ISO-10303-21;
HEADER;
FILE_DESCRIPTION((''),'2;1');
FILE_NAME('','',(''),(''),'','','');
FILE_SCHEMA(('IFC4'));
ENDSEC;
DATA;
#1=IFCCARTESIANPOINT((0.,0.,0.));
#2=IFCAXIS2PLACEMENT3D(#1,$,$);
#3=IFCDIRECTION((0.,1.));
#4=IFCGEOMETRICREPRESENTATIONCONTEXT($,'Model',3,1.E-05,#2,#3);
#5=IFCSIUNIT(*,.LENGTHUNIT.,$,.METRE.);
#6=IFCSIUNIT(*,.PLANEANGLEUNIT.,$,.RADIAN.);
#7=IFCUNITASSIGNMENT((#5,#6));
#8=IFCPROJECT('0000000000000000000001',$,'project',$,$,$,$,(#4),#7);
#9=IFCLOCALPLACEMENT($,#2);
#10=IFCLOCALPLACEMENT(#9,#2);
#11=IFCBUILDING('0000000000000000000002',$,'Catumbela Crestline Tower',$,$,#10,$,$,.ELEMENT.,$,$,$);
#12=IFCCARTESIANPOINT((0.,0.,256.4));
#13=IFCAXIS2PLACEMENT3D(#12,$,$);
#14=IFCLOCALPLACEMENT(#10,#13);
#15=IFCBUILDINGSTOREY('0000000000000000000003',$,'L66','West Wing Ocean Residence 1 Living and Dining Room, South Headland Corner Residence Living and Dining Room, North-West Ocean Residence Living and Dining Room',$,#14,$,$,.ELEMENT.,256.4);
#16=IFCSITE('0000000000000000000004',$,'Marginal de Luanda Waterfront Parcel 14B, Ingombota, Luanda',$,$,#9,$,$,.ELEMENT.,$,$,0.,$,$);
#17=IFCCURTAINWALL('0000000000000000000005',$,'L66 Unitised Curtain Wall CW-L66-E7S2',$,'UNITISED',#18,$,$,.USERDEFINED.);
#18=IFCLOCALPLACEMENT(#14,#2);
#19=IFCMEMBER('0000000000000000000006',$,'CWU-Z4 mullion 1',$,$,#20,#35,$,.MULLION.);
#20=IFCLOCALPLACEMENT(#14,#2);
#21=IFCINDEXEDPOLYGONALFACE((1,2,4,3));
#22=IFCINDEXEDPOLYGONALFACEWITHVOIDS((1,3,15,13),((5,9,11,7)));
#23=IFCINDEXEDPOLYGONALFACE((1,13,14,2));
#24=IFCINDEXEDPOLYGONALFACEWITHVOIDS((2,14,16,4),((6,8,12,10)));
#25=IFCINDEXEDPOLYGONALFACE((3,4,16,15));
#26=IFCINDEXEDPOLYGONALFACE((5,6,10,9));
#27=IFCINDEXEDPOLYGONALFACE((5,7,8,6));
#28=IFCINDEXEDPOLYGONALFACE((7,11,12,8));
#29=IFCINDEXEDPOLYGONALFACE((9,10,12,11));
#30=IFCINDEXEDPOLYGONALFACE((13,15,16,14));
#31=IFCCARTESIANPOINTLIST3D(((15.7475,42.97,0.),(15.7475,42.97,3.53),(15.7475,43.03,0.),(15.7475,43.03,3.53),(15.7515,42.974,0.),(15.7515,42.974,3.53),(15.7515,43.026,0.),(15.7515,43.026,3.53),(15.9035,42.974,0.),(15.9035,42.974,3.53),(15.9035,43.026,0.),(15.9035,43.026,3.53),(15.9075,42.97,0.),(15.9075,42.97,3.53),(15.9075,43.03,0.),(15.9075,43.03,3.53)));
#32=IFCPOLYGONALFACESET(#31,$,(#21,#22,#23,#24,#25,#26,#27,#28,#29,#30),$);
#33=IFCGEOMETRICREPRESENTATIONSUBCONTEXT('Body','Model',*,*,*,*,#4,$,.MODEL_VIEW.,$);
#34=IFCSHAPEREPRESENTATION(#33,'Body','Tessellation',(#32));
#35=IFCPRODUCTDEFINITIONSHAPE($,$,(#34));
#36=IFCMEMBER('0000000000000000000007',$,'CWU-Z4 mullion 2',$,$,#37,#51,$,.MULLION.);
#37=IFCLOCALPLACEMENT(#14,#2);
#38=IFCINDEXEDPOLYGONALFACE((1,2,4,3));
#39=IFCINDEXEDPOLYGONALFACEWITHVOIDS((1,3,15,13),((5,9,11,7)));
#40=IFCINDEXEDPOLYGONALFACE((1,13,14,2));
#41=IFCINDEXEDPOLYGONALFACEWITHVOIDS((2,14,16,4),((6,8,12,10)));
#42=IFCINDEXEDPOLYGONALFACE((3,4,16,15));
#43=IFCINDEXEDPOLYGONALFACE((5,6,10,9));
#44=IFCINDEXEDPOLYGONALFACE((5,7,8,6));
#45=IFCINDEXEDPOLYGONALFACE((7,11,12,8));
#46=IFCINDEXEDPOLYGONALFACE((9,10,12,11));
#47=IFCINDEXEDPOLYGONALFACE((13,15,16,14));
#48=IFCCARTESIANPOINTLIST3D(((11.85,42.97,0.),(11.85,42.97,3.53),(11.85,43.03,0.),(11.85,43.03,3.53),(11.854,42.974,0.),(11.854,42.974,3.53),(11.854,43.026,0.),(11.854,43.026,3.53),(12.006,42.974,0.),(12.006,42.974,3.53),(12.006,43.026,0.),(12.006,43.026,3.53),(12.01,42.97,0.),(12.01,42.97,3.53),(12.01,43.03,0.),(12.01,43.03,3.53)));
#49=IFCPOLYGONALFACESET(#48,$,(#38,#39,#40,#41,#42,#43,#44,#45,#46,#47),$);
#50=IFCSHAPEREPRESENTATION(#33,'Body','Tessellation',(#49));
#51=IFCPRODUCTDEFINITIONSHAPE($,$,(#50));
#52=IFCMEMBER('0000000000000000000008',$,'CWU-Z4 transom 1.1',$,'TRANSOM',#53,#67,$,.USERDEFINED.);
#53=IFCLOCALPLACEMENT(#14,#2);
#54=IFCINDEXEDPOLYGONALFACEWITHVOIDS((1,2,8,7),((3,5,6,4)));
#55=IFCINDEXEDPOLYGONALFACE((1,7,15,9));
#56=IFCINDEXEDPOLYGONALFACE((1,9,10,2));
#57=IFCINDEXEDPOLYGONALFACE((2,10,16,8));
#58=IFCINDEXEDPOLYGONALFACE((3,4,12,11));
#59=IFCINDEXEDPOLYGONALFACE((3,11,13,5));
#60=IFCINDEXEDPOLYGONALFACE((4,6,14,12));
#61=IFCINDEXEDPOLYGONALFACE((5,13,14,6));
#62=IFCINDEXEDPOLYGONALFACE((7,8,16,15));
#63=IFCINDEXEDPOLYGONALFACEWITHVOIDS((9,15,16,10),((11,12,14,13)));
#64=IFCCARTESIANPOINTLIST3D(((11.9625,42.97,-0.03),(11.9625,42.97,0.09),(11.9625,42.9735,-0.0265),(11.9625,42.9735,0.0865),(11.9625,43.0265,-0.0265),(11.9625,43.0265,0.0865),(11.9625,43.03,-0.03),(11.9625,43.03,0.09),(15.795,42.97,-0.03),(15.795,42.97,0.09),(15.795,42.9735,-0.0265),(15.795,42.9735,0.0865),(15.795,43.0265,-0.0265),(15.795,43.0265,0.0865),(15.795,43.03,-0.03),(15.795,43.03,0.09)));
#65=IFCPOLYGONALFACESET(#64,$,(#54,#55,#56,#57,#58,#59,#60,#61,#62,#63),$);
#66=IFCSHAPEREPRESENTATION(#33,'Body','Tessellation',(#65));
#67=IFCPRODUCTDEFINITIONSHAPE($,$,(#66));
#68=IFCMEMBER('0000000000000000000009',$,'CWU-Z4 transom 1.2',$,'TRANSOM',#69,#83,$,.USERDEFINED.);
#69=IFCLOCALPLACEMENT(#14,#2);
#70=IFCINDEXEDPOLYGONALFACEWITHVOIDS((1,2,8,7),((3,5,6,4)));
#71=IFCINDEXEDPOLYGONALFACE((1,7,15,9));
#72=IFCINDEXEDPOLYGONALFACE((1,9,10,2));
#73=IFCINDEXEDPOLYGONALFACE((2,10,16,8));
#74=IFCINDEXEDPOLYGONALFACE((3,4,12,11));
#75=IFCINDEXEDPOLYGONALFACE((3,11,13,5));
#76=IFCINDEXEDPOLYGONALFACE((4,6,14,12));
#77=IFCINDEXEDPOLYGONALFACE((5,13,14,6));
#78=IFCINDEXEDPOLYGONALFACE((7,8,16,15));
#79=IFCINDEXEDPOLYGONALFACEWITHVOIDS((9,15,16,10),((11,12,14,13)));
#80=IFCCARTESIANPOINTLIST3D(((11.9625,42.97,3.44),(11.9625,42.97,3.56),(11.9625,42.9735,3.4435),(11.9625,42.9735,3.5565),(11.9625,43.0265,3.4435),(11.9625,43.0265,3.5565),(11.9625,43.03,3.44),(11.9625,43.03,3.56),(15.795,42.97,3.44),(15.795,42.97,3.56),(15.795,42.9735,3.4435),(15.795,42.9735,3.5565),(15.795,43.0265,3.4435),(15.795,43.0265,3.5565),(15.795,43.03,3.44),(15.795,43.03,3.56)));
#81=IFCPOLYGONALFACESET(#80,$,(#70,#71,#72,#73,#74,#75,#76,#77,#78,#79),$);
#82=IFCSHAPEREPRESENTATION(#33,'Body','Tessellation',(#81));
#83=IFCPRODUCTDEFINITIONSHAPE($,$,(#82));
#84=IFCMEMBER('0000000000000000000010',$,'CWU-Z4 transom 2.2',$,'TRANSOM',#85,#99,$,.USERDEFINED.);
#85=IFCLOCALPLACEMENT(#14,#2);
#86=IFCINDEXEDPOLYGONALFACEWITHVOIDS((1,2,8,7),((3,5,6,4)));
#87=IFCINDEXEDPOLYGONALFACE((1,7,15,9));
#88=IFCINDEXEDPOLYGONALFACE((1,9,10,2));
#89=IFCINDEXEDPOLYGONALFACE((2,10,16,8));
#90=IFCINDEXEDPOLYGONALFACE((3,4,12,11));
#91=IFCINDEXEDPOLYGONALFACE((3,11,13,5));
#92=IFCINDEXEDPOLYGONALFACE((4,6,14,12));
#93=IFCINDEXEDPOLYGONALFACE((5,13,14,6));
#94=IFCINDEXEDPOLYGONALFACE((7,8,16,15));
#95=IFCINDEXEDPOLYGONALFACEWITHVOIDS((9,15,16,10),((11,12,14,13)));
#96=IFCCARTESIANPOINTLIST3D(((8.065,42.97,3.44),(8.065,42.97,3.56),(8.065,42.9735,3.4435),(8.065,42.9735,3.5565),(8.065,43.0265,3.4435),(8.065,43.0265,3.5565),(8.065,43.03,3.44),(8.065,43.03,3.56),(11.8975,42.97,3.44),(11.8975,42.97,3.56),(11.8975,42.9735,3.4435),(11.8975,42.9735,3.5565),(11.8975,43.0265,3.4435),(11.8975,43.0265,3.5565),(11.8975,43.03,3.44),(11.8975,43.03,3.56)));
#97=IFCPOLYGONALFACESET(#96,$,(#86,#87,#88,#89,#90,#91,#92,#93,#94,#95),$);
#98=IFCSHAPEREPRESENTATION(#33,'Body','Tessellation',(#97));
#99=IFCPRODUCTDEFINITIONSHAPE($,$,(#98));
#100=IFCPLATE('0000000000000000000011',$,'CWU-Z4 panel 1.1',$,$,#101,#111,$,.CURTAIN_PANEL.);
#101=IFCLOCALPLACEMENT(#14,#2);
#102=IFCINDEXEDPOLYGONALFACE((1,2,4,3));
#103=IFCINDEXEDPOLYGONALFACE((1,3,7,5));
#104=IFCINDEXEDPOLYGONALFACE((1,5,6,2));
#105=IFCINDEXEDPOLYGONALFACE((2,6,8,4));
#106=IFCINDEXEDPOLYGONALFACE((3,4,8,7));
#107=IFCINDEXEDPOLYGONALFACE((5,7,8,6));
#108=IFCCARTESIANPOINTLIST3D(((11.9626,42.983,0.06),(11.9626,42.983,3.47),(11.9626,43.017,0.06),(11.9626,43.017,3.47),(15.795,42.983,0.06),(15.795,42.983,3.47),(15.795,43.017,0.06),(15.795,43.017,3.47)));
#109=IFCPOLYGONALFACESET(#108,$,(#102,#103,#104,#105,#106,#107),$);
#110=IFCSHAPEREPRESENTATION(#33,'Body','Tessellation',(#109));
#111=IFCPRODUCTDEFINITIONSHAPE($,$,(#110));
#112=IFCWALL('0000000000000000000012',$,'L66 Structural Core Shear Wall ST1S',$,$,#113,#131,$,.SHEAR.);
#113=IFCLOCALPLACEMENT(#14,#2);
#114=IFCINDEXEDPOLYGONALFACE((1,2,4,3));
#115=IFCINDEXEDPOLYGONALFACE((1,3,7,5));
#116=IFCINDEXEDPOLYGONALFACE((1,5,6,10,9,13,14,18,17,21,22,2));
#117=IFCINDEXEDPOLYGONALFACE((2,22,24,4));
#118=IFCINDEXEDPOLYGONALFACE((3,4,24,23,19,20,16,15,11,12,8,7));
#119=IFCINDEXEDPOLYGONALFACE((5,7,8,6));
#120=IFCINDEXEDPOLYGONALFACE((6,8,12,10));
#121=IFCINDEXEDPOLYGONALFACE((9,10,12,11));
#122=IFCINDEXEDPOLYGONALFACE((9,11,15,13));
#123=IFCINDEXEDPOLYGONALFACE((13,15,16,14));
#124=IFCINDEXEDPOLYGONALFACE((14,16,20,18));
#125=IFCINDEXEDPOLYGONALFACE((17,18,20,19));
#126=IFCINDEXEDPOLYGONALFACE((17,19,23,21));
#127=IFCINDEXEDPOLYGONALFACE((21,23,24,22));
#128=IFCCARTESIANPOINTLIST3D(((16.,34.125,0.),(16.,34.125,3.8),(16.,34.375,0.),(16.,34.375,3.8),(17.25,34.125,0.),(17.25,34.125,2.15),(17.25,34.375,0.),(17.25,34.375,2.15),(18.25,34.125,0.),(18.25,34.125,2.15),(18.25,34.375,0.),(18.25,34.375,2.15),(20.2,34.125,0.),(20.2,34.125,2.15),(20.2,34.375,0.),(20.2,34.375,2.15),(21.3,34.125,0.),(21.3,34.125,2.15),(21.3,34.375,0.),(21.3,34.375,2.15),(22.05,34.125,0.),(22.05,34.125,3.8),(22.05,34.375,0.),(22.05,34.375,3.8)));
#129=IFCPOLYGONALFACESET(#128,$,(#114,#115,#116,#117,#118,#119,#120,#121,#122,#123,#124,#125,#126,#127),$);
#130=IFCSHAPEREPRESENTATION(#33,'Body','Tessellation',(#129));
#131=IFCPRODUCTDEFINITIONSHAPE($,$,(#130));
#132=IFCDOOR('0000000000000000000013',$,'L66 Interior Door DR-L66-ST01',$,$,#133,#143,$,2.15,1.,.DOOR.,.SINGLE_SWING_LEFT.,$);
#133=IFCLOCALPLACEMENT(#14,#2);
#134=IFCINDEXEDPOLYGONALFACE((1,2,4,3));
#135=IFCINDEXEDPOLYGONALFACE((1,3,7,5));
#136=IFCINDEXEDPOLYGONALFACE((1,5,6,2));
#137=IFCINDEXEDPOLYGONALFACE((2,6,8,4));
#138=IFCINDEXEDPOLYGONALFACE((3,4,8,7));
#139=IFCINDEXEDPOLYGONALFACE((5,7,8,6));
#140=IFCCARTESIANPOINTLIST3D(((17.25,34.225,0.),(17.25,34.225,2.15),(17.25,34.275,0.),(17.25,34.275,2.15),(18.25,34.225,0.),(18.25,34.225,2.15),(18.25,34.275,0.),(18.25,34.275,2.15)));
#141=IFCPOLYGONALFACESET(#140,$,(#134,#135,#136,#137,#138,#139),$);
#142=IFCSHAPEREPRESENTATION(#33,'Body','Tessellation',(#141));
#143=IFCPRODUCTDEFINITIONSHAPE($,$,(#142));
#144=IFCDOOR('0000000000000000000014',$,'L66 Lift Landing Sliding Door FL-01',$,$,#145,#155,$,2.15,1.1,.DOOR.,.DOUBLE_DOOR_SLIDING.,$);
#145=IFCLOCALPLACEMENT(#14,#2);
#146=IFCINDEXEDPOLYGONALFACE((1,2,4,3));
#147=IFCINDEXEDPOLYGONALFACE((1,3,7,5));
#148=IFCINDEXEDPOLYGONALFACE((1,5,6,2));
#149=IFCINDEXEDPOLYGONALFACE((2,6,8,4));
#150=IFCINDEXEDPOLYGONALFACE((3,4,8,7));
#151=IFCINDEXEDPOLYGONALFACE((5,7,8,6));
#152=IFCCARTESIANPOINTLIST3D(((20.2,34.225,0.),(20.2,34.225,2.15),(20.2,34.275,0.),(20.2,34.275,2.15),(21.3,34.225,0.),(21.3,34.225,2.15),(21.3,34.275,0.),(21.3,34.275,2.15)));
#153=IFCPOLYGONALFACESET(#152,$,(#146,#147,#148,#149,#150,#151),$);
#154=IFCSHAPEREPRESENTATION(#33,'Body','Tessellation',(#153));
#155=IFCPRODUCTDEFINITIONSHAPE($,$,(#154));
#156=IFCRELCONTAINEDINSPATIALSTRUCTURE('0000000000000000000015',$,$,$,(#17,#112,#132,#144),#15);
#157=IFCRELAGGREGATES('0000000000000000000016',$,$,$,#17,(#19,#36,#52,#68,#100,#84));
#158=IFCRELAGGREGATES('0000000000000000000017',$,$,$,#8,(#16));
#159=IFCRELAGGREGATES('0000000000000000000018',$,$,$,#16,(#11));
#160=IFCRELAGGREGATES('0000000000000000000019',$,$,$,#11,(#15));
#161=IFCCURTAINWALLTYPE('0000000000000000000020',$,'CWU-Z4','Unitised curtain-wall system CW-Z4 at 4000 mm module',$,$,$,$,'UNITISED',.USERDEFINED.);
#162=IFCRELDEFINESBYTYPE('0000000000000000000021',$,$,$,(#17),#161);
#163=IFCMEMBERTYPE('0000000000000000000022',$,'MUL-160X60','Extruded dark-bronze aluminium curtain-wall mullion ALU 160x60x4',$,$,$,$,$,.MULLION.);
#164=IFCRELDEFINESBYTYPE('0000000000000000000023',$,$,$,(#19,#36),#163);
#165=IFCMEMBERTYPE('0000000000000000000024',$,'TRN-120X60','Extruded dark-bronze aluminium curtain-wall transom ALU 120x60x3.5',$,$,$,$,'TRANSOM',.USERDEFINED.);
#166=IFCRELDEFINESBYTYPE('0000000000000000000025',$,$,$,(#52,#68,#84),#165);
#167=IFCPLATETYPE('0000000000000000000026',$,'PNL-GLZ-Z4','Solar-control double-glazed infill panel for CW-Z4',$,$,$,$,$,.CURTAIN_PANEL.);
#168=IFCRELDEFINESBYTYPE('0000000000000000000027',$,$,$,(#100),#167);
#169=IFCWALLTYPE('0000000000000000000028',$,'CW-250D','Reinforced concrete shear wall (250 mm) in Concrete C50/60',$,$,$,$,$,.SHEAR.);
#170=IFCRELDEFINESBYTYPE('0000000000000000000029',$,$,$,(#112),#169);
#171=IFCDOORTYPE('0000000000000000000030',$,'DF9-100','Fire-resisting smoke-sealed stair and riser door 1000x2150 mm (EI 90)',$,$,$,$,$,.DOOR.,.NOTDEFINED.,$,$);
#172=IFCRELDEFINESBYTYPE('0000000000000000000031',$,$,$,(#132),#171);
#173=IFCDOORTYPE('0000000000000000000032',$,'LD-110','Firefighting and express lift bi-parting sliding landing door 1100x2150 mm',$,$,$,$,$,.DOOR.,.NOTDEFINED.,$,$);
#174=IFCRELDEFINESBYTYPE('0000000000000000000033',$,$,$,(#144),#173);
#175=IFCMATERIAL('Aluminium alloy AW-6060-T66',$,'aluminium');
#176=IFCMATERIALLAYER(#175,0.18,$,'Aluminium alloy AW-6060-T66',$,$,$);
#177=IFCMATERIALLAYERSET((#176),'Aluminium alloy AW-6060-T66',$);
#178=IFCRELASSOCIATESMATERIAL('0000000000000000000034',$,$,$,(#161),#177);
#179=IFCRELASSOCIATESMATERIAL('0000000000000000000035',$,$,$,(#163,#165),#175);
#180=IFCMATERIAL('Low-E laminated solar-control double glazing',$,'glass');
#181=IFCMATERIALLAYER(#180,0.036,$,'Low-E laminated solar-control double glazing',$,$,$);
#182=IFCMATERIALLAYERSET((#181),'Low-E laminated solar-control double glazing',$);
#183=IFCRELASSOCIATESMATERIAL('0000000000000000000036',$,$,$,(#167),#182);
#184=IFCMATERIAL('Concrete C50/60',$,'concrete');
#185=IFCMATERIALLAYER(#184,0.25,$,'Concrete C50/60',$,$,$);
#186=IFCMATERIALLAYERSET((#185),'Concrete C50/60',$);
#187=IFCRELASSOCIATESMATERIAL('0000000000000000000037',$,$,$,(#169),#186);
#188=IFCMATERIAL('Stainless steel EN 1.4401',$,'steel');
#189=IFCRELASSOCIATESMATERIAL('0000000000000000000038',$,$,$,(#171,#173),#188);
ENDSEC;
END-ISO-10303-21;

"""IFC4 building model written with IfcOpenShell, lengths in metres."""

from ifc_helpers import new_model, si_unit, direction, frame, frame_2d, origin, origin_2d, place, context, subcontext, project, spatial, rectangle, hollow_rectangle, extrude, material, layer, layer_set, material_profile, profile_set, type_object, element, fill, aggregate, save


model = new_model("IFC4")

# Units and contexts
model_context = context("Model", 3, precision=1e-05, world=origin(), true_north=direction((0.0, 1.0)))
body_context = subcontext(model_context, "Body", "Model", "MODEL_VIEW")
ifc_project = project(units=[si_unit("LENGTHUNIT", "METRE"), si_unit("PLANEANGLEUNIT", "RADIAN")], contexts=[model_context])

# Site, building, storey
site_placement = place(None, origin())
site = spatial("IfcSite", under=ifc_project, at=site_placement, Name="Marginal de Luanda Waterfront Parcel 14B, Ingombota, Luanda", CompositionType="ELEMENT", RefElevation=0.0)
building_placement = place(site_placement, origin())
building = spatial("IfcBuilding", under=site, at=building_placement, Name="Catumbela Crestline Tower", CompositionType="ELEMENT")
storey_placement = place(building_placement, frame((0.0, 0.0, 256.4)))
storey = spatial("IfcBuildingStorey", under=building, at=storey_placement, Name="L66", Description="West Wing Ocean Residence 1 Living and Dining Room, South Headland Corner Residence Living and Dining Room, North-West Ocean Residence Living and Dining Room", CompositionType="ELEMENT", Elevation=256.4)

# Curtain wall, members, plate
ifc_material_1 = material(Name="Aluminium alloy AW-6060-T66", Category="aluminium")
ifc_layer_1 = layer(ifc_material_1, 0.18, Name="Aluminium alloy AW-6060-T66")
ifc_layer_set_1 = layer_set([ifc_layer_1], Name="Aluminium alloy AW-6060-T66")
curtain_wall_type = type_object("IfcCurtainWallType", Name="CWU-Z4", Description="Unitised curtain-wall system CW-Z4 at 4000 mm module", ElementType="UNITISED", PredefinedType="USERDEFINED", material=ifc_layer_set_1)
curtain_wall_placement = place(storey_placement, origin())
curtain_wall = element("IfcCurtainWall", 1, at=curtain_wall_placement, inside=storey, type_object=curtain_wall_type, Name="L66 Unitised Curtain Wall CW-L66-E7S2", ObjectType="UNITISED", PredefinedType="USERDEFINED")
ifc_material_profile_1 = material_profile(ifc_material_1, hollow_rectangle(XDim=0.06, YDim=0.16, WallThickness=0.004, at=origin_2d()), Name="ALU 160x60x4")
ifc_profile_set_1 = profile_set([ifc_material_profile_1], Name="Aluminium alloy AW-6060-T66")
member_type_1 = type_object("IfcMemberType", Name="MUL-160X60", Description="Extruded dark-bronze aluminium curtain-wall mullion ALU 160x60x4", PredefinedType="MULLION", material=ifc_profile_set_1)
member_1_placement = place(storey_placement, frame((15.8275, 43.0, 0.0), z_axis=(0.0, 0.0, 1.0), x_axis=(0.0, -1.0, 0.0)))
member_1 = element("IfcMember", 2, at=member_1_placement, type_object=member_type_1, Name="CWU-Z4 mullion 1", PredefinedType="MULLION", context=body_context, shape_type="SweptSolid", body=[
    extrude(hollow_rectangle(XDim=0.06, YDim=0.16, WallThickness=0.004, at=origin_2d()), origin(), (0.0, 0.0, 1.0), 3.53),
])
member_2_placement = place(storey_placement, frame((11.93, 43.0, 0.0), z_axis=(0.0, 0.0, 1.0), x_axis=(0.0, -1.0, 0.0)))
member_2 = element("IfcMember", 3, at=member_2_placement, type_object=member_type_1, Name="CWU-Z4 mullion 2", PredefinedType="MULLION", context=body_context, shape_type="SweptSolid", body=[
    extrude(hollow_rectangle(XDim=0.06, YDim=0.16, WallThickness=0.004, at=origin_2d()), origin(), (0.0, 0.0, 1.0), 3.53),
])
ifc_material_profile_2 = material_profile(ifc_material_1, hollow_rectangle(XDim=0.06, YDim=0.12, WallThickness=0.0035, at=origin_2d()), Name="ALU 120x60x3.5")
ifc_profile_set_2 = profile_set([ifc_material_profile_2], Name="Aluminium alloy AW-6060-T66")
member_type_2 = type_object("IfcMemberType", Name="TRN-120X60", Description="Extruded dark-bronze aluminium curtain-wall transom ALU 120x60x3.5", ElementType="TRANSOM", PredefinedType="USERDEFINED", material=ifc_profile_set_2)
member_3_placement = place(storey_placement, frame((15.795, 43.0, 0.03), z_axis=(-1.0, 0.0, 0.0), x_axis=(0.0, -1.0, 0.0)))
member_3 = element("IfcMember", 4, at=member_3_placement, type_object=member_type_2, Name="CWU-Z4 transom 1.1", ObjectType="TRANSOM", PredefinedType="USERDEFINED", context=body_context, shape_type="SweptSolid", body=[
    extrude(hollow_rectangle(XDim=0.06, YDim=0.12, WallThickness=0.0035, at=origin_2d()), origin(), (0.0, 0.0, 1.0), 3.8325),
])
member_4_placement = place(storey_placement, frame((15.795, 43.0, 3.5), z_axis=(-1.0, 0.0, 0.0), x_axis=(0.0, -1.0, 0.0)))
member_4 = element("IfcMember", 5, at=member_4_placement, type_object=member_type_2, Name="CWU-Z4 transom 1.2", ObjectType="TRANSOM", PredefinedType="USERDEFINED", context=body_context, shape_type="SweptSolid", body=[
    extrude(hollow_rectangle(XDim=0.06, YDim=0.12, WallThickness=0.0035, at=origin_2d()), origin(), (0.0, 0.0, 1.0), 3.8325),
])
member_5_placement = place(storey_placement, frame((11.8975, 43.0, 3.5), z_axis=(-1.0, 0.0, 0.0), x_axis=(0.0, -1.0, 0.0)))
member_5 = element("IfcMember", 6, at=member_5_placement, type_object=member_type_2, Name="CWU-Z4 transom 2.2", ObjectType="TRANSOM", PredefinedType="USERDEFINED", context=body_context, shape_type="SweptSolid", body=[
    extrude(hollow_rectangle(XDim=0.06, YDim=0.12, WallThickness=0.0035, at=origin_2d()), origin(), (0.0, 0.0, 1.0), 3.8325),
])
ifc_material_2 = material(Name="Low-E laminated solar-control double glazing", Category="glass")
ifc_layer_2 = layer(ifc_material_2, 0.036, Name="Low-E laminated solar-control double glazing")
ifc_layer_set_2 = layer_set([ifc_layer_2], Name="Low-E laminated solar-control double glazing")
plate_type = type_object("IfcPlateType", Name="PNL-GLZ-Z4", Description="Solar-control double-glazed infill panel for CW-Z4", PredefinedType="CURTAIN_PANEL", material=ifc_layer_set_2)
plate_placement = place(storey_placement, frame((13.8788, 43.0, 0.06), z_axis=(0.0, 0.0, 1.0), x_axis=(-1.0, 0.0, 0.0)))
plate = element("IfcPlate", 7, at=plate_placement, type_object=plate_type, Name="CWU-Z4 panel 1.1", PredefinedType="CURTAIN_PANEL", context=body_context, shape_type="SweptSolid", body=[
    extrude(rectangle(XDim=3.8325, YDim=0.034, at=origin_2d()), origin(), (0.0, 0.0, 1.0), 3.41),
])
aggregate(curtain_wall, [member_1, member_2, member_3, member_4, plate, member_5])

# Wall, openings, doors
ifc_material_3 = material(Name="Concrete C50/60", Category="concrete")
ifc_layer_3 = layer(ifc_material_3, 0.25, Name="Concrete C50/60")
ifc_layer_set_3 = layer_set([ifc_layer_3], Name="Concrete C50/60")
wall_type_1 = type_object("IfcWallType", Name="CW-250D", Description="Reinforced concrete shear wall (250 mm) in Concrete C50/60", PredefinedType="SHEAR", material=ifc_layer_set_3)
wall_1_placement = place(storey_placement, frame((16.0, 34.25, 0.0), z_axis=(0.0, 0.0, 1.0), x_axis=(1.0, 0.0, 0.0)))
wall_1 = element("IfcWall", 8, at=wall_1_placement, inside=storey, type_object=wall_type_1, Name="L66 Structural Core Shear Wall ST1S", PredefinedType="SHEAR", context=body_context, shape_type="SweptSolid", body=[
    extrude(rectangle(XDim=6.05, YDim=0.25, at=frame_2d((3.025, 0.0))), origin(), (0.0, 0.0, 1.0), 3.8),
])
opening_1_placement = place(wall_1_placement, frame((1.25, 0.0, 0.0)))
opening_1 = element("IfcOpeningElement", 9, at=opening_1_placement, cuts=wall_1, PredefinedType="OPENING", context=body_context, shape_type="SweptSolid", body=[
    extrude(rectangle(XDim=1.0, YDim=2.15, at=frame_2d((0.5, 1.075))), frame((0.0, 0.135, 0.0), z_axis=(0.0, -1.0, 0.0), x_axis=(1.0, 0.0, 0.0)), (0.0, 0.0, 1.0), 0.27),
])
opening_2_placement = place(wall_1_placement, frame((4.2, 0.0, 0.0)))
opening_2 = element("IfcOpeningElement", 10, at=opening_2_placement, cuts=wall_1, PredefinedType="OPENING", context=body_context, shape_type="SweptSolid", body=[
    extrude(rectangle(XDim=1.1, YDim=2.15, at=frame_2d((0.55, 1.075))), frame((0.0, 0.135, 0.0), z_axis=(0.0, -1.0, 0.0), x_axis=(1.0, 0.0, 0.0)), (0.0, 0.0, 1.0), 0.27),
])
ifc_material_4 = material(Name="Stainless steel EN 1.4401", Category="steel")
door_type_1 = type_object("IfcDoorType", Name="DF9-100", Description="Fire-resisting smoke-sealed stair and riser door 1000x2150 mm (EI 90)", OperationType="NOTDEFINED", PredefinedType="DOOR", material=ifc_material_4)
door_1_placement = place(opening_1_placement, origin())
door_1 = element("IfcDoor", 11, at=door_1_placement, inside=storey, type_object=door_type_1, Name="L66 Interior Door DR-L66-ST01", OperationType="SINGLE_SWING_LEFT", OverallHeight=2.15, OverallWidth=1.0, PredefinedType="DOOR", context=body_context, shape_type="SweptSolid", body=[
    extrude(rectangle(XDim=1.0, YDim=2.15, at=frame_2d((0.5, 1.075))), frame((0.0, 0.025, 0.0), z_axis=(0.0, -1.0, 0.0), x_axis=(1.0, 0.0, 0.0)), (0.0, 0.0, 1.0), 0.05),
])
fill(opening_1, door_1)
door_type_2 = type_object("IfcDoorType", Name="LD-110", Description="Firefighting and express lift bi-parting sliding landing door 1100x2150 mm", OperationType="NOTDEFINED", PredefinedType="DOOR", material=ifc_material_4)
door_2_placement = place(opening_2_placement, origin())
door_2 = element("IfcDoor", 12, at=door_2_placement, inside=storey, type_object=door_type_2, Name="L66 Lift Landing Sliding Door FL-01", OperationType="DOUBLE_DOOR_SLIDING", OverallHeight=2.15, OverallWidth=1.1, PredefinedType="DOOR", context=body_context, shape_type="SweptSolid", body=[
    extrude(rectangle(XDim=1.1, YDim=2.15, at=frame_2d((0.55, 1.075))), frame((0.0, 0.025, 0.0), z_axis=(0.0, -1.0, 0.0), x_axis=(1.0, 0.0, 0.0)), (0.0, 0.0, 1.0), 0.05),
])
fill(opening_2, door_2)

save(model, "model.ifc")
